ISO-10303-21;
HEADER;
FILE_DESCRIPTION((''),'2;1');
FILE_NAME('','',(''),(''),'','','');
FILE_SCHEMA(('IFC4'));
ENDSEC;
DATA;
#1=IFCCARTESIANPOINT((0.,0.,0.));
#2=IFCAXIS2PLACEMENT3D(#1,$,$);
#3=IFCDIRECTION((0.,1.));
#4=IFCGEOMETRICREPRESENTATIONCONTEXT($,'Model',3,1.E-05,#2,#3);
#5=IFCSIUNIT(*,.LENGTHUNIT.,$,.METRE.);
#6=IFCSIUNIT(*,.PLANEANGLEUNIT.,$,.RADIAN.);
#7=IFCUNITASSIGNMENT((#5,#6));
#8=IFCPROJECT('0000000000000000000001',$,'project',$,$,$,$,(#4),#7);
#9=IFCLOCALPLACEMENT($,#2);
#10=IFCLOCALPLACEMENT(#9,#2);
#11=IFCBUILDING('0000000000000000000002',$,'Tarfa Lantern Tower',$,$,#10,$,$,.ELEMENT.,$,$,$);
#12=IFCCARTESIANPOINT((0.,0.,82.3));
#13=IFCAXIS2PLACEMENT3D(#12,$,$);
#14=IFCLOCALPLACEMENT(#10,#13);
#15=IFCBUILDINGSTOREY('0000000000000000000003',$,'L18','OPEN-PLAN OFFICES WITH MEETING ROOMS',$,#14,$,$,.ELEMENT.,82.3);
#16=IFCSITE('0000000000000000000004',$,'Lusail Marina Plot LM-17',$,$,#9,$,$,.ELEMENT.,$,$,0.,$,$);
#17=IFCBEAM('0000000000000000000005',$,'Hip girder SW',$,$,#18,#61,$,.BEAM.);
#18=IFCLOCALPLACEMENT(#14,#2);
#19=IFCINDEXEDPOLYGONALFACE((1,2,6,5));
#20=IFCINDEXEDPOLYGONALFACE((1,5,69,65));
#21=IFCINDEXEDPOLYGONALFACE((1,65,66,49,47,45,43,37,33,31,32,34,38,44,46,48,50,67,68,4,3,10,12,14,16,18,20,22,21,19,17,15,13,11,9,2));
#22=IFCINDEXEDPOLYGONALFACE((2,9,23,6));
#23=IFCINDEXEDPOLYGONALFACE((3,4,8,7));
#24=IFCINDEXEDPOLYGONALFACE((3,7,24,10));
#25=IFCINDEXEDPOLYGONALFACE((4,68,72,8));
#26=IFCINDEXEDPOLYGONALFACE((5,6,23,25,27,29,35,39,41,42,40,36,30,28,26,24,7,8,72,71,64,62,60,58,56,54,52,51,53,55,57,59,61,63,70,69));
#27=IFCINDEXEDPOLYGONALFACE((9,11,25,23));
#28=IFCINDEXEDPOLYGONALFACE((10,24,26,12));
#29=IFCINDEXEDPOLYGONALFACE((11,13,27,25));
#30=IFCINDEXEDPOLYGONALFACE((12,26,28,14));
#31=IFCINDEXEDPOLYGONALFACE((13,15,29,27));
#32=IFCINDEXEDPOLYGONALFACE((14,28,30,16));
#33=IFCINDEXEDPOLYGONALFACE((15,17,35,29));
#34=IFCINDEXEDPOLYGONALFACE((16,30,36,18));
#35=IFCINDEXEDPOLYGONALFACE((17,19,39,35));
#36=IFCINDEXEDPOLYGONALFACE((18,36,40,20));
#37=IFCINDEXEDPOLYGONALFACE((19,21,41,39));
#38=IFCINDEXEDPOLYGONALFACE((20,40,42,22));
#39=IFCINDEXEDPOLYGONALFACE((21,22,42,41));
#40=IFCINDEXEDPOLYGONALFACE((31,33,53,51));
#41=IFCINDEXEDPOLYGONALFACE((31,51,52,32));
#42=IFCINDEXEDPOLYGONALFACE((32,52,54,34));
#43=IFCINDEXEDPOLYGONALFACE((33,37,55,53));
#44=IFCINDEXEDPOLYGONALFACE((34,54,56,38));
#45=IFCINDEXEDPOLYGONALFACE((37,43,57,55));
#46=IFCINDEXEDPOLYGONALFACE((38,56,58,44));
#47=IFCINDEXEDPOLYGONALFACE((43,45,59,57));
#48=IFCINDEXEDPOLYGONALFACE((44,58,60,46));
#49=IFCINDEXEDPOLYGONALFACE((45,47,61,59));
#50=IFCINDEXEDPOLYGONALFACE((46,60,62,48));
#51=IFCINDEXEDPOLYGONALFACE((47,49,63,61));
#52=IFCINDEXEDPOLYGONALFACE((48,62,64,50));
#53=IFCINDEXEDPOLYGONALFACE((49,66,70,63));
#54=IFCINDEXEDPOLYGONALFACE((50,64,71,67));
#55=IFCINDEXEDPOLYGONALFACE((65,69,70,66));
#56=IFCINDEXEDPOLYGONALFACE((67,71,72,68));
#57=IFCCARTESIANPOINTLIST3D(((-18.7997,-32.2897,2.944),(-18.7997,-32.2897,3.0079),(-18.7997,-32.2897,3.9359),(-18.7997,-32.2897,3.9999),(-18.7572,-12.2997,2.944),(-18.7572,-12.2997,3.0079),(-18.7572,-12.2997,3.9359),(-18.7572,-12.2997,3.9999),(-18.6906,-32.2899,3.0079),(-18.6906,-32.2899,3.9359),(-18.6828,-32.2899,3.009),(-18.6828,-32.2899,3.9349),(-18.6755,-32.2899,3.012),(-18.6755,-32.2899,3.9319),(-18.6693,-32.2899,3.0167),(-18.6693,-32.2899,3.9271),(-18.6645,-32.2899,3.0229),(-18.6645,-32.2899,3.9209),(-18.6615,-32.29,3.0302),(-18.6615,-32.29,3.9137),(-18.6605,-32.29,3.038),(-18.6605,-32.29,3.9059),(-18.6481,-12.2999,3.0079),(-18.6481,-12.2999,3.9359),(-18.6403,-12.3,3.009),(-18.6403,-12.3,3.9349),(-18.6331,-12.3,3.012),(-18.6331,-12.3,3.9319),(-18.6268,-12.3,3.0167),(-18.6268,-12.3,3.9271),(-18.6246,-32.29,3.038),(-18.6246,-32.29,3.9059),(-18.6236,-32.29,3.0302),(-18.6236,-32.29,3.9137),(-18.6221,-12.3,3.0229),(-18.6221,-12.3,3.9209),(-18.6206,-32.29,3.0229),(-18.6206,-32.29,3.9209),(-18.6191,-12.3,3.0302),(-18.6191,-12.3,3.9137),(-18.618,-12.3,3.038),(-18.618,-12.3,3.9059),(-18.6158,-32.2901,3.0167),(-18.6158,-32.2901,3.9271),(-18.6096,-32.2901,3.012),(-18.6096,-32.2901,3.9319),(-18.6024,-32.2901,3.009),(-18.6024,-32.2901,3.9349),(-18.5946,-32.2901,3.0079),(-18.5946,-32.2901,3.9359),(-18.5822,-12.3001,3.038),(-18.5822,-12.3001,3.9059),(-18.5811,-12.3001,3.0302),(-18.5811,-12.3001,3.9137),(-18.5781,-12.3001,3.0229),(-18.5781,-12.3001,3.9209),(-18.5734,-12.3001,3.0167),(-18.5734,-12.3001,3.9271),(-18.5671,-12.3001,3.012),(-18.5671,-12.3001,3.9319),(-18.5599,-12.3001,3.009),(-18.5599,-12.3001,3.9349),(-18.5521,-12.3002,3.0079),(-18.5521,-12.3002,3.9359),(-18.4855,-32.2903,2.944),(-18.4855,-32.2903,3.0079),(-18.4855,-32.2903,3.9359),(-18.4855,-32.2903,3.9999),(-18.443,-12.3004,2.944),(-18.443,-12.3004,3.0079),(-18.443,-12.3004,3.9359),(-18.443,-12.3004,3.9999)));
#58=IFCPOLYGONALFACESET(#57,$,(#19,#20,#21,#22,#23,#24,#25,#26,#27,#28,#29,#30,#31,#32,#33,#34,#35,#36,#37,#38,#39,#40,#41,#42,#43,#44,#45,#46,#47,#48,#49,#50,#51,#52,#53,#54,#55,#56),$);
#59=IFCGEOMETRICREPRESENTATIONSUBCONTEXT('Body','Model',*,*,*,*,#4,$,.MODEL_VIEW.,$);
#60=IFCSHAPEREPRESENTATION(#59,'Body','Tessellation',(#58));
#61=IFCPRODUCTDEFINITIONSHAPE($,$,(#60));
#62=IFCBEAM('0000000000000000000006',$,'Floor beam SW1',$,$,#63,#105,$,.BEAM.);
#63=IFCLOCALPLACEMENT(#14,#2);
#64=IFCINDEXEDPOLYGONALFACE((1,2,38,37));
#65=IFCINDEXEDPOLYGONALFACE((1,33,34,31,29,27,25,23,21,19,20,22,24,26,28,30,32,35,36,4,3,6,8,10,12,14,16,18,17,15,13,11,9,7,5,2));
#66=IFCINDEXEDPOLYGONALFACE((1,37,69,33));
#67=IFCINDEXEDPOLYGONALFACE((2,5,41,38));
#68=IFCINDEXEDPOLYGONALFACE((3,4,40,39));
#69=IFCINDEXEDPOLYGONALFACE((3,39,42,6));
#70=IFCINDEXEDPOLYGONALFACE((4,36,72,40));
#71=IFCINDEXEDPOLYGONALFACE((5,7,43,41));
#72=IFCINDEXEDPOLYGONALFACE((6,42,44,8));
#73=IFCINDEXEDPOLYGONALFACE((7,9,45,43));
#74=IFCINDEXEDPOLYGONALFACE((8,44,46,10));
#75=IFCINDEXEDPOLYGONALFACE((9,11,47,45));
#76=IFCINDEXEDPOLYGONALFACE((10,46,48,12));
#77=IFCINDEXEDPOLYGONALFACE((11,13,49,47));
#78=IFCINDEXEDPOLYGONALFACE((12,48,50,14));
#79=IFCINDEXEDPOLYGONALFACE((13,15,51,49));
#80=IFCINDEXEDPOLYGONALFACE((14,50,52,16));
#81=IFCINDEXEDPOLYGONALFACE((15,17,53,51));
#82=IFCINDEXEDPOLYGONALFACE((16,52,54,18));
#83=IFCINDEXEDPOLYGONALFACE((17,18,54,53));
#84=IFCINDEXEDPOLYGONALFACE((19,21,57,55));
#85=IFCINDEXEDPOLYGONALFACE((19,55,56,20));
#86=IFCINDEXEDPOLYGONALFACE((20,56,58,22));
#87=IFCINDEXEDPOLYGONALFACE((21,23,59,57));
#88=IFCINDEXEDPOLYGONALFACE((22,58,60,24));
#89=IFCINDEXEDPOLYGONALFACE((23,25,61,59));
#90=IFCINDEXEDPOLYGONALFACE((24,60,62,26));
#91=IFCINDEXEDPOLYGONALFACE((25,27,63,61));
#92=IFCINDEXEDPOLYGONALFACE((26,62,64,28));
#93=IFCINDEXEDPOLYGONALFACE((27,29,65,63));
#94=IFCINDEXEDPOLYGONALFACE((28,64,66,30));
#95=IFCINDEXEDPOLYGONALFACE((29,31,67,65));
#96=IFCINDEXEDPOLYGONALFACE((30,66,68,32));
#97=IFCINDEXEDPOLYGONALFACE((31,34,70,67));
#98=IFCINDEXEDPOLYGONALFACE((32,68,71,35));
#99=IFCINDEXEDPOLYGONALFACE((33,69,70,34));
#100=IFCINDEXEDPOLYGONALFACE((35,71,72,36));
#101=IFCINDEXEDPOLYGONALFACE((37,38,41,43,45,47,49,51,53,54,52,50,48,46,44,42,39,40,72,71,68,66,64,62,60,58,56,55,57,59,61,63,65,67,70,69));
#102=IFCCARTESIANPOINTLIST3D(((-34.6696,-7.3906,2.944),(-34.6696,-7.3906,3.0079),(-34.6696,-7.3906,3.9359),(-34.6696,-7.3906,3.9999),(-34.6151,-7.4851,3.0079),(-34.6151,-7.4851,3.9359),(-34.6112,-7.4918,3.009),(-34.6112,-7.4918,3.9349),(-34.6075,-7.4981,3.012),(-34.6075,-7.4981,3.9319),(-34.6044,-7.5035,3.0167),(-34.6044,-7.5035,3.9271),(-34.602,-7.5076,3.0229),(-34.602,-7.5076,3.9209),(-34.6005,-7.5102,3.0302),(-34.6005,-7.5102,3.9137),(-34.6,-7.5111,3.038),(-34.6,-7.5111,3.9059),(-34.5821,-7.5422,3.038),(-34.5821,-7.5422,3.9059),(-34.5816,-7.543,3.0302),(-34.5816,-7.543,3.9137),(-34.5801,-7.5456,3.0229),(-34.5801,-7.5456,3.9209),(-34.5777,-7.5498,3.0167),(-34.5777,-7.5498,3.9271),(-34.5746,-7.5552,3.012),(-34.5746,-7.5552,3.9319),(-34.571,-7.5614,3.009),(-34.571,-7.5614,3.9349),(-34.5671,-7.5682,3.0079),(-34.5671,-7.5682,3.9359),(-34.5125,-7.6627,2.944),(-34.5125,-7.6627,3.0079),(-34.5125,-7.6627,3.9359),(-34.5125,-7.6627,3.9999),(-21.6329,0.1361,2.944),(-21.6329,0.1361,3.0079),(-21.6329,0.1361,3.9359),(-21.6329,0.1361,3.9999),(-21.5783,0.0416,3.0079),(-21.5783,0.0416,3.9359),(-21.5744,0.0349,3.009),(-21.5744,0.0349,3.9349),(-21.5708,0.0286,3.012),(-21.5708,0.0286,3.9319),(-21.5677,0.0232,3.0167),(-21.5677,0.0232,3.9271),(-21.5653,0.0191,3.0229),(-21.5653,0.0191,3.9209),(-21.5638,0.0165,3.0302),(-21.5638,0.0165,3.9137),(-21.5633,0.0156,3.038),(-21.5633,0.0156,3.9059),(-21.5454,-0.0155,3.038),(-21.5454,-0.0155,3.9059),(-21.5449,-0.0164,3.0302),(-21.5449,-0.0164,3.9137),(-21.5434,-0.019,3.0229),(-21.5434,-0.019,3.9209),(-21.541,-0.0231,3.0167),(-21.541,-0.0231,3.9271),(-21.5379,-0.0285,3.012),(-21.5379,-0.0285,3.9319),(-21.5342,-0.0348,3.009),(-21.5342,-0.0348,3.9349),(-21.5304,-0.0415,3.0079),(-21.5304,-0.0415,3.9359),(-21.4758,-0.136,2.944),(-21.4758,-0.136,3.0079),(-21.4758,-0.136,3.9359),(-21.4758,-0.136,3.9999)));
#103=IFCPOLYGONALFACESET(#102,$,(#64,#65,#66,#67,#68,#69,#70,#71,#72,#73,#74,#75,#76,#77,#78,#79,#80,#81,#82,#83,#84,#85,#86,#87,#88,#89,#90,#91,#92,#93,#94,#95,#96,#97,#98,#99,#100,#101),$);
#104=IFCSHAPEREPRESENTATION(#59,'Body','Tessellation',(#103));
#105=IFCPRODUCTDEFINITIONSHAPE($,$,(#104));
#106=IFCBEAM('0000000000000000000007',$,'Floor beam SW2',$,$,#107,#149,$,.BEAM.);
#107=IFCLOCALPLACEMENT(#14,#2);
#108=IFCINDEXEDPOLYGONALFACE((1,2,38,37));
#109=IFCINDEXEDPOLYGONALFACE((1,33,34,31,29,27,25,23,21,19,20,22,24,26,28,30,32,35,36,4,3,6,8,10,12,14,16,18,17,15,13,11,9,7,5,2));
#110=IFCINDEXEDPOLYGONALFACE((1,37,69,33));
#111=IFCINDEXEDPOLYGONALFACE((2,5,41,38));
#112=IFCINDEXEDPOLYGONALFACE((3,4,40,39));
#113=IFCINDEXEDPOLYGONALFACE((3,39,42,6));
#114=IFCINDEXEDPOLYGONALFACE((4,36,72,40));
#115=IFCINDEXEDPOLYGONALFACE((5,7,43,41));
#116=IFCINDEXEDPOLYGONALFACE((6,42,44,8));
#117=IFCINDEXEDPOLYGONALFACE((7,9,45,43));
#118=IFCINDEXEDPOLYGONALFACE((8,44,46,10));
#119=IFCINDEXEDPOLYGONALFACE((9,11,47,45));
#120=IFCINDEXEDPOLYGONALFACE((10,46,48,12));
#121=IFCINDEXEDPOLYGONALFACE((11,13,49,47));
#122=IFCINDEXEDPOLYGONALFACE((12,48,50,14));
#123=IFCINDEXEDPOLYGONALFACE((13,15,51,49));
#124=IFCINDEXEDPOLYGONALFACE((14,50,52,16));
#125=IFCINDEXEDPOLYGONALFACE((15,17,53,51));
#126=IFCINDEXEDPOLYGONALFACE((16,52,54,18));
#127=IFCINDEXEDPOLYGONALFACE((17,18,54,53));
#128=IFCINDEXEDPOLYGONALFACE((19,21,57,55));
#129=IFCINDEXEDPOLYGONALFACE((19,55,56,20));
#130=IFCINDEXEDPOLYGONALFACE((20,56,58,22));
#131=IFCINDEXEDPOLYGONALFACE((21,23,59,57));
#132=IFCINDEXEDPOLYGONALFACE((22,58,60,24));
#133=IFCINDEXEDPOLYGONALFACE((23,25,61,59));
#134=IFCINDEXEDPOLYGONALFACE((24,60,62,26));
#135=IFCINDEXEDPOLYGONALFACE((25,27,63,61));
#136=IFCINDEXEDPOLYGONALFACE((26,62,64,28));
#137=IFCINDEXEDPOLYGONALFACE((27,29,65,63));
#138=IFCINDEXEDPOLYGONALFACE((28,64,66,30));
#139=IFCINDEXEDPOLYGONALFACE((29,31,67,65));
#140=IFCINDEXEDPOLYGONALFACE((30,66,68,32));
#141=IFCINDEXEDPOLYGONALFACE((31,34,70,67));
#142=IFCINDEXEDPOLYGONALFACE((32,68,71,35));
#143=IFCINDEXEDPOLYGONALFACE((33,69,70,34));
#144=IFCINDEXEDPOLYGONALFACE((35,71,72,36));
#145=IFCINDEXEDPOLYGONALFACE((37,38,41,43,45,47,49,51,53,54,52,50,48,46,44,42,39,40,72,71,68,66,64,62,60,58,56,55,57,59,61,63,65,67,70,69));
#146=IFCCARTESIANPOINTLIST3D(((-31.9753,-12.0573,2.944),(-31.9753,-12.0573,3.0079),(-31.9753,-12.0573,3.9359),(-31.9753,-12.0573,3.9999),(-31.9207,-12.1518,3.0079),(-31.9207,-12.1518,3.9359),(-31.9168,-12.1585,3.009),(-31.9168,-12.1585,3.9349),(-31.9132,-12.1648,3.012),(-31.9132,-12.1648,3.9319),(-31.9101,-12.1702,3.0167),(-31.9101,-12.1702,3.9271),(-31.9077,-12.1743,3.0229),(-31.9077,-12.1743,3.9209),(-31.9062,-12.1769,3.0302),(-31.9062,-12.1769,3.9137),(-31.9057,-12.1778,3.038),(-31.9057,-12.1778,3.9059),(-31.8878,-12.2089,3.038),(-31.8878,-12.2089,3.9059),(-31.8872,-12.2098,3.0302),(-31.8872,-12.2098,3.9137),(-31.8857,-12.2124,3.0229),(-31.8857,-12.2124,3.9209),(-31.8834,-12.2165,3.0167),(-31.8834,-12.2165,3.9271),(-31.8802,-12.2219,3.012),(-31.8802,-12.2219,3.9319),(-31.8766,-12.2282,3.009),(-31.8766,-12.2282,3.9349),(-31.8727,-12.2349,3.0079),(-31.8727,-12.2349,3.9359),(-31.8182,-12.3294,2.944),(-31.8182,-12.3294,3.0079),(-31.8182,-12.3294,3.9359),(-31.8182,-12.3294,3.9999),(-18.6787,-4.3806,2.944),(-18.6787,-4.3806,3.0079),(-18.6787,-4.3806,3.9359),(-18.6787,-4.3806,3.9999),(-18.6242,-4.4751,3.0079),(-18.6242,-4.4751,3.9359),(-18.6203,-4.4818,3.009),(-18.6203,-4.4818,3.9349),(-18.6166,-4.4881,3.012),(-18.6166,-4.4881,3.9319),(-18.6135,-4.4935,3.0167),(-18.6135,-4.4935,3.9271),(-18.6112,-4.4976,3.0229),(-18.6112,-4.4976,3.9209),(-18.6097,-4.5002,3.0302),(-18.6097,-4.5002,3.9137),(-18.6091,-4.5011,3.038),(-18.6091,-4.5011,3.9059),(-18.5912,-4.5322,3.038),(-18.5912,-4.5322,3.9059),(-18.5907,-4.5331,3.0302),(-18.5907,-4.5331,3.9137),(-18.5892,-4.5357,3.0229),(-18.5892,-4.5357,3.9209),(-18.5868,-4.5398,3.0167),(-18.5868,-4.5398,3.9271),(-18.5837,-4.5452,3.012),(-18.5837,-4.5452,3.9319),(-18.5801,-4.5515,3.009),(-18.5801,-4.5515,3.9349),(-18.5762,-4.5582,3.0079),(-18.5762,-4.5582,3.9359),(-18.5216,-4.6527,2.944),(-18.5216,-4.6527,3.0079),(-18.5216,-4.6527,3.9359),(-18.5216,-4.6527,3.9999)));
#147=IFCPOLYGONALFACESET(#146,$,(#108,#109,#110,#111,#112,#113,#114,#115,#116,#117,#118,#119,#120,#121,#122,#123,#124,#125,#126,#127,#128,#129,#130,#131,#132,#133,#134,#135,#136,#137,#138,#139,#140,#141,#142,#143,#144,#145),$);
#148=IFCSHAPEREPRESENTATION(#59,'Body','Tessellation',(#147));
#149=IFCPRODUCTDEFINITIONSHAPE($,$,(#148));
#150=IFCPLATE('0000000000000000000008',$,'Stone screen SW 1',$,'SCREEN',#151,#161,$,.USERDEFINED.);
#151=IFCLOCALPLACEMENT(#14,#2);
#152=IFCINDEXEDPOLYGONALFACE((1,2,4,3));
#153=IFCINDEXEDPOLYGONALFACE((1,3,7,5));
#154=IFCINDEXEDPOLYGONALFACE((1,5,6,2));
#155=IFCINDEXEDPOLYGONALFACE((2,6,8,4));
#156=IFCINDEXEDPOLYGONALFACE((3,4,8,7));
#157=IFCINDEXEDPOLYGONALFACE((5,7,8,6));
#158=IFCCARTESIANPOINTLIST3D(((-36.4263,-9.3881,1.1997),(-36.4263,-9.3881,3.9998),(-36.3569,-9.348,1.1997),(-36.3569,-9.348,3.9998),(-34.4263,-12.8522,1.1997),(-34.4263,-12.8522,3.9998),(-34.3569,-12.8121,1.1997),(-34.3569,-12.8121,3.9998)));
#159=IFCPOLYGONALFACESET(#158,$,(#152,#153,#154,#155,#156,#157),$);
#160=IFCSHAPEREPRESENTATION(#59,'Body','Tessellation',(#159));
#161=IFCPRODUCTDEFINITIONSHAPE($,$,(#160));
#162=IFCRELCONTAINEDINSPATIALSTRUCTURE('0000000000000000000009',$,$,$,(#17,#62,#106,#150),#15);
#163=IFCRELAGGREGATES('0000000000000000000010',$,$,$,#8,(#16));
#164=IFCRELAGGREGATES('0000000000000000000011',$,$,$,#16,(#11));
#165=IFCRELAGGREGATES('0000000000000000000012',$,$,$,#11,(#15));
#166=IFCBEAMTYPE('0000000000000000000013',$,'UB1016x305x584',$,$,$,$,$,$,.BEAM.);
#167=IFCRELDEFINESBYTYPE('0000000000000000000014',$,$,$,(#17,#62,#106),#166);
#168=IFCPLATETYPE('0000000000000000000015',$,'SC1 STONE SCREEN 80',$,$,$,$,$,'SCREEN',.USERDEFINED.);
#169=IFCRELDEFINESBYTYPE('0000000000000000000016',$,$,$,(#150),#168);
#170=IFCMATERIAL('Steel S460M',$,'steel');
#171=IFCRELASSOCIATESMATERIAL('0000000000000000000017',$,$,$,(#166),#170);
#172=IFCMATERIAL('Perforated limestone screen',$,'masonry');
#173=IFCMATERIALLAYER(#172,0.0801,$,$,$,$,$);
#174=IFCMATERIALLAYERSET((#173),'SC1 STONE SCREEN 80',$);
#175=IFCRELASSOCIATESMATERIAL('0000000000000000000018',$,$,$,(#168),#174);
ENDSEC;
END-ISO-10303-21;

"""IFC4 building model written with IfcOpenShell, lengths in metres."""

from ifc_helpers import new_model, si_unit, direction, frame, origin, origin_2d, place, context, subcontext, project, spatial, rectangle, i_section, extrude, material, layer, layer_set, material_profile, profile_set, type_object, element, save


model = new_model("IFC4")

# Units and contexts
model_context = context("Model", 3, precision=1e-05, world=origin(), true_north=direction((0.0, 1.0)))
body_context = subcontext(model_context, "Body", "Model", "MODEL_VIEW")
ifc_project = project(units=[si_unit("LENGTHUNIT", "METRE"), si_unit("PLANEANGLEUNIT", "RADIAN")], contexts=[model_context])

# Site, building, storey
site_placement = place(None, origin())
site = spatial("IfcSite", under=ifc_project, at=site_placement, Name="Lusail Marina Plot LM-17", CompositionType="ELEMENT", RefElevation=0.0)
building_placement = place(site_placement, origin())
building = spatial("IfcBuilding", under=site, at=building_placement, Name="Tarfa Lantern Tower", CompositionType="ELEMENT")
storey_placement = place(building_placement, frame((0.0, 0.0, 82.3)))
storey = spatial("IfcBuildingStorey", under=building, at=storey_placement, Name="L18", Description="OPEN-PLAN OFFICES WITH MEETING ROOMS", CompositionType="ELEMENT", Elevation=82.3)

# Beams
ifc_material_1 = material(Name="Steel S460M", Category="steel")
ifc_material_profile_1 = material_profile(ifc_material_1, i_section(OverallWidth=0.3142, OverallDepth=1.0559, WebThickness=0.0359, FlangeThickness=0.064, FilletRadius=0.03, at=origin_2d()), Name="UB1016x305x584")
ifc_profile_set_1 = profile_set([ifc_material_profile_1], Name="Steel S460M")
beam_type_1 = type_object("IfcBeamType", Name="UB1016x305x584", PredefinedType="BEAM", material=ifc_profile_set_1)
beam_1_placement = place(storey_placement, frame((-18.6001, -12.3, 3.4719), z_axis=(-0.002125, -0.999998, 0.0), x_axis=(0.999998, -0.002125, 0.0)))
element("IfcBeam", 1, at=beam_1_placement, inside=storey, type_object=beam_type_1, Name="Hip girder SW", PredefinedType="BEAM", context=body_context, shape_type="SweptSolid", body=[
    extrude(i_section(OverallWidth=0.3142, OverallDepth=1.0559, WebThickness=0.0359, FlangeThickness=0.064, FilletRadius=0.03, at=origin_2d()), origin(), (0.0, 0.0, 1.0), 19.99),
])
beam_2_placement = place(storey_placement, frame((-34.5911, -7.5266, 3.4719), z_axis=(0.866028, 0.499996, 0.0), x_axis=(-0.499996, 0.866028, 0.0)))
element("IfcBeam", 2, at=beam_2_placement, inside=storey, type_object=beam_type_1, Name="Floor beam SW1", PredefinedType="BEAM", context=body_context, shape_type="SweptSolid", body=[
    extrude(i_section(OverallWidth=0.3142, OverallDepth=1.0559, WebThickness=0.0359, FlangeThickness=0.064, FilletRadius=0.03, at=origin_2d()), origin(), (0.0, 0.0, 1.0), 15.0535),
])
beam_3_placement = place(storey_placement, frame((-31.8967, -12.1934, 3.4719), z_axis=(0.866027, 0.499997, 0.0), x_axis=(-0.499997, 0.866027, 0.0)))
element("IfcBeam", 3, at=beam_3_placement, inside=storey, type_object=beam_type_1, Name="Floor beam SW2", PredefinedType="BEAM", context=body_context, shape_type="SweptSolid", body=[
    extrude(i_section(OverallWidth=0.3142, OverallDepth=1.0559, WebThickness=0.0359, FlangeThickness=0.064, FilletRadius=0.03, at=origin_2d()), origin(), (0.0, 0.0, 1.0), 15.3535),
])

# Plate
ifc_material_2 = material(Name="Perforated limestone screen", Category="masonry")
ifc_layer_1 = layer(ifc_material_2, 0.0801)
ifc_layer_set_1 = layer_set([ifc_layer_1], Name="SC1 STONE SCREEN 80")
plate_type = type_object("IfcPlateType", Name="SC1 STONE SCREEN 80", ElementType="SCREEN", PredefinedType="USERDEFINED", material=ifc_layer_set_1)
plate_placement = place(storey_placement, frame((-35.3916, -11.1001, 1.1997), z_axis=(0.0, 0.0, 1.0), x_axis=(0.5, -0.866025, 0.0)))
element("IfcPlate", 4, at=plate_placement, inside=storey, type_object=plate_type, Name="Stone screen SW 1", ObjectType="SCREEN", PredefinedType="USERDEFINED", context=body_context, shape_type="SweptSolid", body=[
    extrude(rectangle(XDim=4.0, YDim=0.0801, at=origin_2d()), origin(), (0.0, 0.0, 1.0), 2.8),
])

save(model, "model.ifc")
